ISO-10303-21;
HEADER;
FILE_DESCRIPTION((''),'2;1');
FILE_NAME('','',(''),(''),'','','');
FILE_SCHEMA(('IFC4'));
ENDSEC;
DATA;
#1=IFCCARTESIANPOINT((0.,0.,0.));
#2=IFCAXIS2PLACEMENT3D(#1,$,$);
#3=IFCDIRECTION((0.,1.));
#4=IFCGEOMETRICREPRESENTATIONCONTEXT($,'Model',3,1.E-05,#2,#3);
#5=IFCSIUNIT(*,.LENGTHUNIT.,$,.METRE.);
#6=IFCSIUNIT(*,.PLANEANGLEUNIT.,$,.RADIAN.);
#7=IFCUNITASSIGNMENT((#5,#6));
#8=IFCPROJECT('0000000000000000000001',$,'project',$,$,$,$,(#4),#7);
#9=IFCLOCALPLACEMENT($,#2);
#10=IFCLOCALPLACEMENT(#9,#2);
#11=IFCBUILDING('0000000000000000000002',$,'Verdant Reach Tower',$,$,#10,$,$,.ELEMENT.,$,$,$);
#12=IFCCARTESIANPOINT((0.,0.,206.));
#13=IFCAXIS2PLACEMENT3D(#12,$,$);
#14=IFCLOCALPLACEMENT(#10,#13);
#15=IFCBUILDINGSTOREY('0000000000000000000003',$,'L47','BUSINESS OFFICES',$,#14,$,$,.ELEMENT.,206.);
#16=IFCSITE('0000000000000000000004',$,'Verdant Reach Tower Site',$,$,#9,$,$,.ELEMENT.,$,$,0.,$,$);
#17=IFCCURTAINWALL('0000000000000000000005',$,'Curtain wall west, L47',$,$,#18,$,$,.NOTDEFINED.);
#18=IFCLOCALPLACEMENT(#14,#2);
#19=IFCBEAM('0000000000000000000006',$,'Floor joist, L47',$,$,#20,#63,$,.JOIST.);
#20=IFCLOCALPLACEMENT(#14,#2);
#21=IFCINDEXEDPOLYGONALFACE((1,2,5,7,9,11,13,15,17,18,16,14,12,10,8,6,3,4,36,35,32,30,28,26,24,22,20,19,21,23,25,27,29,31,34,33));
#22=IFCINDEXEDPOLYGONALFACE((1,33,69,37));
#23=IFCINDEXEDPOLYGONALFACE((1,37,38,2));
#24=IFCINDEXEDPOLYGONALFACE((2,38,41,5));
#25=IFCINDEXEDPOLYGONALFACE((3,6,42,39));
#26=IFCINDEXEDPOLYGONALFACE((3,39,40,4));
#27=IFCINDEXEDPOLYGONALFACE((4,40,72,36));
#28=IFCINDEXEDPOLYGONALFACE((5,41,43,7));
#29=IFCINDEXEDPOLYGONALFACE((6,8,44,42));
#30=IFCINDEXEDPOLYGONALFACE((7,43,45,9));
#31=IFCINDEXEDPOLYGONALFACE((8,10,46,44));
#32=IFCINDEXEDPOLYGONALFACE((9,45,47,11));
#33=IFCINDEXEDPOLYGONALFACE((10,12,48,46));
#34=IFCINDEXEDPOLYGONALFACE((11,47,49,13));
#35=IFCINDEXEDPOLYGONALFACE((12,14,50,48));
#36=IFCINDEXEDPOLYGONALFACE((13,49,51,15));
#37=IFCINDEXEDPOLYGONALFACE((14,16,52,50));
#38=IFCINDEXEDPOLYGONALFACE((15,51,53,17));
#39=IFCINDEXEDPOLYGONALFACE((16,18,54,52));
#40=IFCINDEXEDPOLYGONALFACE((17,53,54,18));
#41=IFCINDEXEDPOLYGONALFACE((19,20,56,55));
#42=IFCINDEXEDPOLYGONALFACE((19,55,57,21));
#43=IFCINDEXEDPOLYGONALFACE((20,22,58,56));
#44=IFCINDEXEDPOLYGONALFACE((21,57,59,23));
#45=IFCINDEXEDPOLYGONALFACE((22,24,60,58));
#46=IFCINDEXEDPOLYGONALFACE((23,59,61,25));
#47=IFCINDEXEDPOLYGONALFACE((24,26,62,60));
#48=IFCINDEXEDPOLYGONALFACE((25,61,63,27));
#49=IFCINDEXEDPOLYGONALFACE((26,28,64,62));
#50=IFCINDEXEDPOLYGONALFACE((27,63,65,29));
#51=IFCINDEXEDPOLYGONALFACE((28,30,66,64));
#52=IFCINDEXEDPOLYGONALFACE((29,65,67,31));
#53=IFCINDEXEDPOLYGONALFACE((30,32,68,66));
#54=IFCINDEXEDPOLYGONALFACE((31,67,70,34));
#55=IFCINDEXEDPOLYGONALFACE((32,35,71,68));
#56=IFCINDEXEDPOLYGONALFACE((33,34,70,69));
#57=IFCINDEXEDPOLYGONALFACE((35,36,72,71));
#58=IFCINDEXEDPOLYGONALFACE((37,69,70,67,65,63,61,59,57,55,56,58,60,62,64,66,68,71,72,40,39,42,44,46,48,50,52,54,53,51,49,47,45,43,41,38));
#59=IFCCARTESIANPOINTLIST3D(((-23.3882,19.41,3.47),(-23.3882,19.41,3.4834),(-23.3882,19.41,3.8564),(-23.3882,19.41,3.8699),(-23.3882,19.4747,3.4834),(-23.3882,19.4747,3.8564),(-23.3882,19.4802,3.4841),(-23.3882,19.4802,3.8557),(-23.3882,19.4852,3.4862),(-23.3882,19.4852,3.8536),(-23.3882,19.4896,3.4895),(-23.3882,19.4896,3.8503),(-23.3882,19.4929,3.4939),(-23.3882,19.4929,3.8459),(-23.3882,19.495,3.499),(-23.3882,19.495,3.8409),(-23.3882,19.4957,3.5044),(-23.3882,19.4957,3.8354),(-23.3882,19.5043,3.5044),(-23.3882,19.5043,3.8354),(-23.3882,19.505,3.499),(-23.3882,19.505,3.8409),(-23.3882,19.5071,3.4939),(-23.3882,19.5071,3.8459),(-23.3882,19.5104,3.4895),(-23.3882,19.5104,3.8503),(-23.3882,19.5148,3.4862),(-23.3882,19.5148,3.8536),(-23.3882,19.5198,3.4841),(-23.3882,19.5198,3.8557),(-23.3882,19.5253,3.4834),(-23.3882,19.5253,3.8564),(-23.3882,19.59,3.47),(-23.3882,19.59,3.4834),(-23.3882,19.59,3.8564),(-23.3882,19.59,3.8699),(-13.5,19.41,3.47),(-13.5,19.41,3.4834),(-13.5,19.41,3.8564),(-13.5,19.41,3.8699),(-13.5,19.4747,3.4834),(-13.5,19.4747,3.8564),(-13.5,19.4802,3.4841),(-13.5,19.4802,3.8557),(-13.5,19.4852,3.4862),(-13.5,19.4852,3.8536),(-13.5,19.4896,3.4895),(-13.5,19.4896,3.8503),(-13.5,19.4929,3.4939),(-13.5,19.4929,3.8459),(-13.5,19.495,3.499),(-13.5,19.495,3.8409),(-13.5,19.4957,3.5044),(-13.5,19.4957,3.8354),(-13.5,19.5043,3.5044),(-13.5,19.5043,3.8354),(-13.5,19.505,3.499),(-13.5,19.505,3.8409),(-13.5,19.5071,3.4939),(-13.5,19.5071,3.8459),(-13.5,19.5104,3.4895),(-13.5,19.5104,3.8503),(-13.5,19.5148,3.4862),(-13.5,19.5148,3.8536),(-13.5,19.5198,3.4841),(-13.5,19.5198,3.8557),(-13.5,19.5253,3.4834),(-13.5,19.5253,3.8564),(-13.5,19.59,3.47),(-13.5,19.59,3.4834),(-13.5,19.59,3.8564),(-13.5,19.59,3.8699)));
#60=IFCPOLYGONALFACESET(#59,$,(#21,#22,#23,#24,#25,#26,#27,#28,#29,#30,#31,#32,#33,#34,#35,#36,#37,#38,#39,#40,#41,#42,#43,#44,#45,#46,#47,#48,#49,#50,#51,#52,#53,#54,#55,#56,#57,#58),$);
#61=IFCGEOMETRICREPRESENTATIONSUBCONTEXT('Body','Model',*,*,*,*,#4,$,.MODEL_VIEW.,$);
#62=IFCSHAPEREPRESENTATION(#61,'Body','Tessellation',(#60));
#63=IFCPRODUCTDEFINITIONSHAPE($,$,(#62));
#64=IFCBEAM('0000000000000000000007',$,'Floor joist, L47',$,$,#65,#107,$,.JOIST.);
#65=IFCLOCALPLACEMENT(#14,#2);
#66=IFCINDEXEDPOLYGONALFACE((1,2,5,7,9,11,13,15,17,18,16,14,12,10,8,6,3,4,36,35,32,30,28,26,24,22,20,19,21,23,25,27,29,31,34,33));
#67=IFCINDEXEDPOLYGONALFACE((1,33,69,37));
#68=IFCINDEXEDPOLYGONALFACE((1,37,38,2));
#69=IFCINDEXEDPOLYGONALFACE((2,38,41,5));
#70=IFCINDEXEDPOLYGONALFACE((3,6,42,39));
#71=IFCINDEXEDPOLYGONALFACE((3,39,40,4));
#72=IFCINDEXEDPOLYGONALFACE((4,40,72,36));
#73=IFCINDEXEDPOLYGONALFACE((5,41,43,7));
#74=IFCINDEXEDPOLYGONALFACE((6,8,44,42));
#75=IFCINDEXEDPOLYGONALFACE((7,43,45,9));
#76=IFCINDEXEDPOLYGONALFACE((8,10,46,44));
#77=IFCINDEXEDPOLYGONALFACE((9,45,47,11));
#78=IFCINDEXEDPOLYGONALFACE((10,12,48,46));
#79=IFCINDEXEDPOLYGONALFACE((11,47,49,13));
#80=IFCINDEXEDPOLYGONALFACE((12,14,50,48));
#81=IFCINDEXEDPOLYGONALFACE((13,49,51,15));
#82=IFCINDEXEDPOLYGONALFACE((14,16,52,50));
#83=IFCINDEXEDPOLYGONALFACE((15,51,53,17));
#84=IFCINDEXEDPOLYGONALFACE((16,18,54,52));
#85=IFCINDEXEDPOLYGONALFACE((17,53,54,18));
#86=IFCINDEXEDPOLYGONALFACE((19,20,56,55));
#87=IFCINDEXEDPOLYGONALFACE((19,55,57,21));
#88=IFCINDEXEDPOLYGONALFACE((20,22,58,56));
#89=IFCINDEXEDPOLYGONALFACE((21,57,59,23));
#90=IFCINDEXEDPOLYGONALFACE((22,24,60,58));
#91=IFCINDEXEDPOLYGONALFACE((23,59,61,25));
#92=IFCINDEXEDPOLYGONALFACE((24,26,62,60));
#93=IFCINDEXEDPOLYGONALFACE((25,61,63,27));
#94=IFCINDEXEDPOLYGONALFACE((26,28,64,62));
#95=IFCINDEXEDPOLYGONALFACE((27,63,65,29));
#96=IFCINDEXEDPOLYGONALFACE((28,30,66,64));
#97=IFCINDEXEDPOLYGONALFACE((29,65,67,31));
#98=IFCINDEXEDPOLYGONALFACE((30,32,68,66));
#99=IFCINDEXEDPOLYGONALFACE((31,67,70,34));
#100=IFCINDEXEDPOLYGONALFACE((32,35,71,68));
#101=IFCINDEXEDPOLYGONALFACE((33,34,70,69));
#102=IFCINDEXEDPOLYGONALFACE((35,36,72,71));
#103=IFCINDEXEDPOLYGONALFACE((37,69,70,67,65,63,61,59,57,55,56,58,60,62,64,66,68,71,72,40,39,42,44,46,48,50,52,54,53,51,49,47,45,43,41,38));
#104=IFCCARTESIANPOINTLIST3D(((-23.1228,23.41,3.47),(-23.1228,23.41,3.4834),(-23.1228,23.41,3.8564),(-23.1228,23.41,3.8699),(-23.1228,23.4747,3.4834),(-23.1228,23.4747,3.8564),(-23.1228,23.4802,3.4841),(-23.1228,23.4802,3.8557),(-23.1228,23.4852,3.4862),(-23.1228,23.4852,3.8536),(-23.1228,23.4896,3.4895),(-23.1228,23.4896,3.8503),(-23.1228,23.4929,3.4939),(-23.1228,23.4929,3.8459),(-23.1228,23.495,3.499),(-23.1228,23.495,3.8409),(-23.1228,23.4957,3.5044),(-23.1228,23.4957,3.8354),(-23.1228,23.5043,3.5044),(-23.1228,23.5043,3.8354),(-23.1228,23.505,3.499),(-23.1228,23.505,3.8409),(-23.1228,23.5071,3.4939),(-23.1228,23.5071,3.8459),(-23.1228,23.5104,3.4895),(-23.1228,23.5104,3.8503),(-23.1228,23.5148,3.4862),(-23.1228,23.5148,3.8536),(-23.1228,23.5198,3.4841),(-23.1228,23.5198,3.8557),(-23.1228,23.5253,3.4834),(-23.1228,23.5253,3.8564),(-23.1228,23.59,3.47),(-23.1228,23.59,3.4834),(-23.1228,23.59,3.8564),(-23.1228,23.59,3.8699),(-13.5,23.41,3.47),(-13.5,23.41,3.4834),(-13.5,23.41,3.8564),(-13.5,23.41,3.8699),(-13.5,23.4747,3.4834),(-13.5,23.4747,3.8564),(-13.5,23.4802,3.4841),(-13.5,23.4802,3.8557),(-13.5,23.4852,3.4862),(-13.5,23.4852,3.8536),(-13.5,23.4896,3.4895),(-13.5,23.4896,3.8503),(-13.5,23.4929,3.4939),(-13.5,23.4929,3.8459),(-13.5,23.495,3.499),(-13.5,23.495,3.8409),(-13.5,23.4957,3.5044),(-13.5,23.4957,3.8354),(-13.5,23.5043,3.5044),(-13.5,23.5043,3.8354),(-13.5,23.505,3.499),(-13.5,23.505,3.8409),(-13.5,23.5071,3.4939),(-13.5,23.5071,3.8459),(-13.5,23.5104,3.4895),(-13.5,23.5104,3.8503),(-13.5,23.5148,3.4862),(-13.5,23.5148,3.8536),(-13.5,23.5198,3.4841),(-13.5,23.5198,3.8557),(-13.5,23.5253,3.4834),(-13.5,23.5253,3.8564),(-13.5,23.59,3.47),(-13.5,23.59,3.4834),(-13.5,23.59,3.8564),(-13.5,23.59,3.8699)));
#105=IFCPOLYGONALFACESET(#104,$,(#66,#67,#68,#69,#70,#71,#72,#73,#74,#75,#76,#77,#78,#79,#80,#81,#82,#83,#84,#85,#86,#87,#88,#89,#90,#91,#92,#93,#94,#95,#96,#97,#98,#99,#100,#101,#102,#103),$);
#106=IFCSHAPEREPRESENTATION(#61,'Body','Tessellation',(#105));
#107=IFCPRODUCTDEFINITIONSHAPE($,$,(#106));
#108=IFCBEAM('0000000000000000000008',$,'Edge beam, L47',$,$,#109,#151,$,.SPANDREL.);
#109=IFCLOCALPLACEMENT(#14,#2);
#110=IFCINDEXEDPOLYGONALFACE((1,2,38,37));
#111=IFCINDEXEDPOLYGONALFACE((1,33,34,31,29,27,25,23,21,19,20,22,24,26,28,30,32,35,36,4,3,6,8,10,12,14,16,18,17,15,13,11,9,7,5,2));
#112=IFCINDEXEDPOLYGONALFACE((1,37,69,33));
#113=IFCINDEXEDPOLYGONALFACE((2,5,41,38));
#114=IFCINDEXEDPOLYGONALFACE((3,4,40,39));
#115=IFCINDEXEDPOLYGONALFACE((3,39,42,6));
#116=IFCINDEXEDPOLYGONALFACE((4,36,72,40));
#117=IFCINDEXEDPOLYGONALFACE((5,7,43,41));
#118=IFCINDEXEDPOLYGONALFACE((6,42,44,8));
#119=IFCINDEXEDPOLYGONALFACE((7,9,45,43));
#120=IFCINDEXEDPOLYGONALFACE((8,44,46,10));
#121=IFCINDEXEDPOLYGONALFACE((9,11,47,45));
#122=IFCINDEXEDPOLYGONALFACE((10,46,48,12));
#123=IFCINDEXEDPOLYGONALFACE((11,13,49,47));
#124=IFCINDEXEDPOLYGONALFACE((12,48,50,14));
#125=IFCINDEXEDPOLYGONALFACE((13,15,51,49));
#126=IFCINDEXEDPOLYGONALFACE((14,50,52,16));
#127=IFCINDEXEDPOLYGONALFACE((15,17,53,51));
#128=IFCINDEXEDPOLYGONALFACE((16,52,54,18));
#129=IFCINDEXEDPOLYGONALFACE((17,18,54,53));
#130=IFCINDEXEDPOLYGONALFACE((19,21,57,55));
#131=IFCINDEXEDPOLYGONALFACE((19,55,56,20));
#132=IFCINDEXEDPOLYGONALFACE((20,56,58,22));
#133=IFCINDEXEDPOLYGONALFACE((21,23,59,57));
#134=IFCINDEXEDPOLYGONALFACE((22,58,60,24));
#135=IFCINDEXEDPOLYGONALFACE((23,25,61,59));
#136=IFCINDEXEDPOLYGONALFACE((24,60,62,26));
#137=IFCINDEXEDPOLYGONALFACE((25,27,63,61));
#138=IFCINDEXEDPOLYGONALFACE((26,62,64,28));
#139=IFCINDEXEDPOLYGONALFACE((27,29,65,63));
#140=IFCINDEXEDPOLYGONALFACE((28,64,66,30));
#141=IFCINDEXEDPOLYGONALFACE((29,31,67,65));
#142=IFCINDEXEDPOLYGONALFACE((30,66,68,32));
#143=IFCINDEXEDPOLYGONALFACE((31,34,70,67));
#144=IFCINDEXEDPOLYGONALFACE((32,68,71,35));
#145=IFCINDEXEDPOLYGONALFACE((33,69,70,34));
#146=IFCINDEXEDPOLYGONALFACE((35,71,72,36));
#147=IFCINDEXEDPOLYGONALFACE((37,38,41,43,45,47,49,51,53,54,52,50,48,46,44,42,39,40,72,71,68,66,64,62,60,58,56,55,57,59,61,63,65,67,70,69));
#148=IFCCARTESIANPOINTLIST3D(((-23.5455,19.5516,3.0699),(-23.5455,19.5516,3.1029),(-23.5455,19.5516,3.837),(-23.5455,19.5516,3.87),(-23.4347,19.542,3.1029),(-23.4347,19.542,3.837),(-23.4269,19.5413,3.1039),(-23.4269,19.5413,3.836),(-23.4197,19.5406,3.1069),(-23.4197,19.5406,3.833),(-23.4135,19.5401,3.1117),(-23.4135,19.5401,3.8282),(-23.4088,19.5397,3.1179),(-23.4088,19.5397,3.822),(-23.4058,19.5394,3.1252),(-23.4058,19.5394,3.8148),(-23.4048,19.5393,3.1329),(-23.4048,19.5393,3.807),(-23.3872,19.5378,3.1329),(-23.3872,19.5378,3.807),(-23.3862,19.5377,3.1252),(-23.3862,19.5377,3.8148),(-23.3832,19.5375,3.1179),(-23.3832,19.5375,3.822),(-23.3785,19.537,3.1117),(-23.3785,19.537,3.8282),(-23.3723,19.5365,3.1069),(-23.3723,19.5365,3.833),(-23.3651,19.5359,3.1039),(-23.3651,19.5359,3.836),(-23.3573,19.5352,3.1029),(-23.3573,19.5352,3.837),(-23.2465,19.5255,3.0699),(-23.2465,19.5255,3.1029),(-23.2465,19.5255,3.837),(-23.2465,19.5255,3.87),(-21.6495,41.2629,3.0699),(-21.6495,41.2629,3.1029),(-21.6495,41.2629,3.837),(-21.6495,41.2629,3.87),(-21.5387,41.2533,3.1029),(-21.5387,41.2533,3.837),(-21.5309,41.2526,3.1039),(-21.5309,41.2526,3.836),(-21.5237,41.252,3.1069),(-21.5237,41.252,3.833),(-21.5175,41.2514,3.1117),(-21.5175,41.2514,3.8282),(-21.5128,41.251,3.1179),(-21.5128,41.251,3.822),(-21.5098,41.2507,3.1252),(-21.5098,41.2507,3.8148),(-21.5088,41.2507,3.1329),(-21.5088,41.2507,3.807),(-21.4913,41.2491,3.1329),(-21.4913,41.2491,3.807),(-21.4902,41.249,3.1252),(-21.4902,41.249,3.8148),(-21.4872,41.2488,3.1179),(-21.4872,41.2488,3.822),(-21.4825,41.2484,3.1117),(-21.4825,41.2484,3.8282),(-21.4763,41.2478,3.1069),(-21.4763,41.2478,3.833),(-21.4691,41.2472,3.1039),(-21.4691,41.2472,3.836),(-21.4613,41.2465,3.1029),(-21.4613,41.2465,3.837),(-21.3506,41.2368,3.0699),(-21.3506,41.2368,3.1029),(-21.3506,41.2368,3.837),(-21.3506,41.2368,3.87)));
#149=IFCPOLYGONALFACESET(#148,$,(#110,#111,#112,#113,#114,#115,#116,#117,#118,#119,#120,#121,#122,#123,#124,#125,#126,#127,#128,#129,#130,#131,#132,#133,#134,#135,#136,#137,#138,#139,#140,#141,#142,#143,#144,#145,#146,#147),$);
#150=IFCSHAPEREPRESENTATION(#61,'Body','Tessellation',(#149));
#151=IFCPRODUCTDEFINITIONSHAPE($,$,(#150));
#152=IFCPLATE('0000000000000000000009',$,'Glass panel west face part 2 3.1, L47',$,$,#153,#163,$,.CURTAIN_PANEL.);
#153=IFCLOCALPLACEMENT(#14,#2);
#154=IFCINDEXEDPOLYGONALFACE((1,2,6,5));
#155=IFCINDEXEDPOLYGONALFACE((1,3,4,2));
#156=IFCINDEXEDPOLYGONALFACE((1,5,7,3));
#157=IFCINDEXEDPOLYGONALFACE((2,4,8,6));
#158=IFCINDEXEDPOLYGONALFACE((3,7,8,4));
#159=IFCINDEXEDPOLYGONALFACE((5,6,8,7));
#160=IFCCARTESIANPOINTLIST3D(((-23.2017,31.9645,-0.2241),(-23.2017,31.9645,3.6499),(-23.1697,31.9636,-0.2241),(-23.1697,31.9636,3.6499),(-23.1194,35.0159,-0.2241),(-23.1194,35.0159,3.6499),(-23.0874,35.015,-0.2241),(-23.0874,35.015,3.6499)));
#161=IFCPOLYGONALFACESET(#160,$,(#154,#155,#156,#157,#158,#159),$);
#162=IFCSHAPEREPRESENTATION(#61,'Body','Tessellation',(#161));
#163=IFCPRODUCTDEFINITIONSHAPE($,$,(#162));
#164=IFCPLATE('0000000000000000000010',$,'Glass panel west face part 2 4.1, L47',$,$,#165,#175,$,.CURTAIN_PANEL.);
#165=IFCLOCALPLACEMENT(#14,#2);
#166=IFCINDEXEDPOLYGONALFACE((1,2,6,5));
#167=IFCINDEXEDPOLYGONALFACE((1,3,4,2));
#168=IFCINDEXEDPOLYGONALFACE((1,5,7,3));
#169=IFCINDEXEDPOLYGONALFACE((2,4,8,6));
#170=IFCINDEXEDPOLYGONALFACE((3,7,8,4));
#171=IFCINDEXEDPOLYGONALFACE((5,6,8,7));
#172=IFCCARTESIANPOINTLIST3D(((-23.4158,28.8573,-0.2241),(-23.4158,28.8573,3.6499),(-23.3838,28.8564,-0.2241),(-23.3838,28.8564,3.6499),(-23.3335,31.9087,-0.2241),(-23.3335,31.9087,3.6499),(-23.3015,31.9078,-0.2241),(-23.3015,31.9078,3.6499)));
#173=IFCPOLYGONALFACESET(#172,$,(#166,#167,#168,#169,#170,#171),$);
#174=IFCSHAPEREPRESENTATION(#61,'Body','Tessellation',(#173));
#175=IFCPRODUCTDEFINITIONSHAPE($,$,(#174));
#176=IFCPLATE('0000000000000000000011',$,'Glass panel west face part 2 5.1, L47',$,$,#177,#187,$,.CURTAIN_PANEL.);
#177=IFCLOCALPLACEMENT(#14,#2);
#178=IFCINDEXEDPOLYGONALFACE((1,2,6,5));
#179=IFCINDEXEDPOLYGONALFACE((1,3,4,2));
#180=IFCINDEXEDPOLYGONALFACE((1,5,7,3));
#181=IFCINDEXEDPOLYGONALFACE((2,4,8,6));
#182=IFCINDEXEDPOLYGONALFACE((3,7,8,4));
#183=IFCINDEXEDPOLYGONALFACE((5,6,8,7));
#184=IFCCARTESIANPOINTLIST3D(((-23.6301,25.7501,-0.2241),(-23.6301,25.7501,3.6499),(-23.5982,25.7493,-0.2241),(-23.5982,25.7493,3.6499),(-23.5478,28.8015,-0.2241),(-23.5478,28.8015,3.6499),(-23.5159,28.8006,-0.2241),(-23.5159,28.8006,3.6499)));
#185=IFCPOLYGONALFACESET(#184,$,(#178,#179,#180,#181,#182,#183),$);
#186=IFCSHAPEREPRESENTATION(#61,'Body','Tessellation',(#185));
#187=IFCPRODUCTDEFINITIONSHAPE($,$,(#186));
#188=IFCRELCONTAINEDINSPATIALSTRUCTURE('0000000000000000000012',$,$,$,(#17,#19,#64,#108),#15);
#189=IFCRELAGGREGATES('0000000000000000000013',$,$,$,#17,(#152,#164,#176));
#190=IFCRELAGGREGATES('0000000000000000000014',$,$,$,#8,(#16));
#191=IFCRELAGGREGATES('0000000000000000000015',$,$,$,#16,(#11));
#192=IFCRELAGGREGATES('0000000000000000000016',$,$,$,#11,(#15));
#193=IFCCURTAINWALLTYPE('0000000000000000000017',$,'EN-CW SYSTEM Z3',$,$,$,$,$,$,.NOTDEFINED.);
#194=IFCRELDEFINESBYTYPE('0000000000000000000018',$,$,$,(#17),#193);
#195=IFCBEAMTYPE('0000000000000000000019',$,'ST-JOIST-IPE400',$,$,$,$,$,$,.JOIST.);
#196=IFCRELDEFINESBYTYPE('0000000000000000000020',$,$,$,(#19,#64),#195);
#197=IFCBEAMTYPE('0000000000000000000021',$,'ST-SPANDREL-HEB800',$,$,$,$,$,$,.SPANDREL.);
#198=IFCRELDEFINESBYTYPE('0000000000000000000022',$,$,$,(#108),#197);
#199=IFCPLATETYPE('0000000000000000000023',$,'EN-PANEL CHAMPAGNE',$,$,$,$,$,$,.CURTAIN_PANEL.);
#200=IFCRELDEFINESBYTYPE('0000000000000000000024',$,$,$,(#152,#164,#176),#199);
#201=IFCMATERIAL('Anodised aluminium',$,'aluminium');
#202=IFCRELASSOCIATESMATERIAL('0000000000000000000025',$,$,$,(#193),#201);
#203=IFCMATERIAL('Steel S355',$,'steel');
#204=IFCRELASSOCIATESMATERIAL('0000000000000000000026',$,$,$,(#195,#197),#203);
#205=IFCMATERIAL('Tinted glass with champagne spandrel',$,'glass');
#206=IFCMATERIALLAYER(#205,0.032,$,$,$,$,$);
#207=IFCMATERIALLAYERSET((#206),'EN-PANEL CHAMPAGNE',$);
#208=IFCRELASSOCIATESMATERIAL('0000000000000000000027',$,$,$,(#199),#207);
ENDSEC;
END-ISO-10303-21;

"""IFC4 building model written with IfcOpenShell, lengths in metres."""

from ifc_helpers import new_model, si_unit, direction, frame, origin, origin_2d, place, context, subcontext, project, spatial, rectangle, i_section, extrude, material, layer, layer_set, material_profile, profile_set, type_object, element, aggregate, save


model = new_model("IFC4")

# Units and contexts
model_context = context("Model", 3, precision=1e-05, world=origin(), true_north=direction((0.0, 1.0)))
body_context = subcontext(model_context, "Body", "Model", "MODEL_VIEW")
ifc_project = project(units=[si_unit("LENGTHUNIT", "METRE"), si_unit("PLANEANGLEUNIT", "RADIAN")], contexts=[model_context])

# Site, building, storey
site_placement = place(None, origin())
site = spatial("IfcSite", under=ifc_project, at=site_placement, Name="Verdant Reach Tower Site", CompositionType="ELEMENT", RefElevation=0.0)
building_placement = place(site_placement, origin())
building = spatial("IfcBuilding", under=site, at=building_placement, Name="Verdant Reach Tower", CompositionType="ELEMENT")
storey_placement = place(building_placement, frame((0.0, 0.0, 206.0)))
storey = spatial("IfcBuildingStorey", under=building, at=storey_placement, Name="L47", Description="BUSINESS OFFICES", CompositionType="ELEMENT", Elevation=206.0)

# Curtain wall
ifc_material_1 = material(Name="Anodised aluminium", Category="aluminium")
curtain_wall_type = type_object("IfcCurtainWallType", Name="EN-CW SYSTEM Z3", PredefinedType="NOTDEFINED", material=ifc_material_1)
curtain_wall_1_placement = place(storey_placement, origin())
curtain_wall_1 = element("IfcCurtainWall", 1, at=curtain_wall_1_placement, inside=storey, type_object=curtain_wall_type, Name="Curtain wall west, L47", PredefinedType="NOTDEFINED")

# Beams
ifc_material_2 = material(Name="Steel S355", Category="steel")
ifc_material_profile_1 = material_profile(ifc_material_2, i_section(OverallWidth=0.1799, OverallDepth=0.3999, WebThickness=0.0085, FlangeThickness=0.0134, FilletRadius=0.021, at=origin_2d()), Name="IPE 400")
ifc_profile_set_1 = profile_set([ifc_material_profile_1], Name="Steel S355")
beam_type_1 = type_object("IfcBeamType", Name="ST-JOIST-IPE400", PredefinedType="JOIST", material=ifc_profile_set_1)
beam_1_placement = place(storey_placement, frame((-13.5, 19.5, 3.6699), z_axis=(-1.0, 0.0, 0.0), x_axis=(0.0, -1.0, 0.0)))
element("IfcBeam", 2, at=beam_1_placement, inside=storey, type_object=beam_type_1, Name="Floor joist, L47", PredefinedType="JOIST", context=body_context, shape_type="SweptSolid", body=[
    extrude(i_section(OverallWidth=0.1799, OverallDepth=0.3999, WebThickness=0.0085, FlangeThickness=0.0134, FilletRadius=0.021, at=origin_2d()), origin(), (0.0, 0.0, 1.0), 9.8882),
])
beam_2_placement = place(storey_placement, frame((-13.5, 23.5, 3.6699), z_axis=(-1.0, 0.0, 0.0), x_axis=(0.0, -1.0, 0.0)))
element("IfcBeam", 3, at=beam_2_placement, inside=storey, type_object=beam_type_1, Name="Floor joist, L47", PredefinedType="JOIST", context=body_context, shape_type="SweptSolid", body=[
    extrude(i_section(OverallWidth=0.1799, OverallDepth=0.3999, WebThickness=0.0085, FlangeThickness=0.0134, FilletRadius=0.021, at=origin_2d()), origin(), (0.0, 0.0, 1.0), 9.6228),
])
ifc_material_profile_2 = material_profile(ifc_material_2, i_section(OverallWidth=0.3, OverallDepth=0.8, WebThickness=0.0176, FlangeThickness=0.033, FilletRadius=0.03, at=origin_2d()), Name="HEB 800")
ifc_profile_set_2 = profile_set([ifc_material_profile_2], Name="Steel S355")
beam_type_2 = type_object("IfcBeamType", Name="ST-SPANDREL-HEB800", PredefinedType="SPANDREL", material=ifc_profile_set_2)
beam_3_placement = place(storey_placement, frame((-23.396, 19.5386, 3.47), z_axis=(0.086996, 0.996209, 0.0), x_axis=(-0.996209, 0.086996, 0.0)))
element("IfcBeam", 4, at=beam_3_placement, inside=storey, type_object=beam_type_2, Name="Edge beam, L47", PredefinedType="SPANDREL", context=body_context, shape_type="SweptSolid", body=[
    extrude(i_section(OverallWidth=0.3, OverallDepth=0.8, WebThickness=0.0176, FlangeThickness=0.033, FilletRadius=0.03, at=origin_2d()), origin(), (0.0, 0.0, 1.0), 21.7939),
])

# Plates
ifc_material_3 = material(Name="Tinted glass with champagne spandrel", Category="glass")
ifc_layer_1 = layer(ifc_material_3, 0.032)
ifc_layer_set_1 = layer_set([ifc_layer_1], Name="EN-PANEL CHAMPAGNE")
plate_type_1 = type_object("IfcPlateType", Name="EN-PANEL CHAMPAGNE", PredefinedType="CURTAIN_PANEL", material=ifc_layer_set_1)
plate_1_placement = place(storey_placement, frame((-23.1445, 33.4897, -0.2241), z_axis=(0.0, 0.0, 1.0), x_axis=(-0.026965, -0.999636, 0.0)))
plate_1 = element("IfcPlate", 5, at=plate_1_placement, type_object=plate_type_1, Name="Glass panel west face part 2 3.1, L47", PredefinedType="CURTAIN_PANEL", context=body_context, shape_type="SweptSolid", body=[
    extrude(rectangle(XDim=3.0525, YDim=0.032, at=origin_2d()), origin(), (0.0, 0.0, 1.0), 3.874),
])
plate_2_placement = place(storey_placement, frame((-23.3586, 30.3826, -0.2241), z_axis=(0.0, 0.0, 1.0), x_axis=(-0.026965, -0.999636, 0.0)))
plate_2 = element("IfcPlate", 6, at=plate_2_placement, type_object=plate_type_1, Name="Glass panel west face part 2 4.1, L47", PredefinedType="CURTAIN_PANEL", context=body_context, shape_type="SweptSolid", body=[
    extrude(rectangle(XDim=3.0525, YDim=0.032, at=origin_2d()), origin(), (0.0, 0.0, 1.0), 3.874),
])
plate_3_placement = place(storey_placement, frame((-23.573, 27.2754, -0.2241), z_axis=(0.0, 0.0, 1.0), x_axis=(-0.026965, -0.999636, 0.0)))
plate_3 = element("IfcPlate", 7, at=plate_3_placement, type_object=plate_type_1, Name="Glass panel west face part 2 5.1, L47", PredefinedType="CURTAIN_PANEL", context=body_context, shape_type="SweptSolid", body=[
    extrude(rectangle(XDim=3.0525, YDim=0.032, at=origin_2d()), origin(), (0.0, 0.0, 1.0), 3.874),
])
aggregate(curtain_wall_1, [plate_1, plate_2, plate_3])

save(model, "model.ifc")
